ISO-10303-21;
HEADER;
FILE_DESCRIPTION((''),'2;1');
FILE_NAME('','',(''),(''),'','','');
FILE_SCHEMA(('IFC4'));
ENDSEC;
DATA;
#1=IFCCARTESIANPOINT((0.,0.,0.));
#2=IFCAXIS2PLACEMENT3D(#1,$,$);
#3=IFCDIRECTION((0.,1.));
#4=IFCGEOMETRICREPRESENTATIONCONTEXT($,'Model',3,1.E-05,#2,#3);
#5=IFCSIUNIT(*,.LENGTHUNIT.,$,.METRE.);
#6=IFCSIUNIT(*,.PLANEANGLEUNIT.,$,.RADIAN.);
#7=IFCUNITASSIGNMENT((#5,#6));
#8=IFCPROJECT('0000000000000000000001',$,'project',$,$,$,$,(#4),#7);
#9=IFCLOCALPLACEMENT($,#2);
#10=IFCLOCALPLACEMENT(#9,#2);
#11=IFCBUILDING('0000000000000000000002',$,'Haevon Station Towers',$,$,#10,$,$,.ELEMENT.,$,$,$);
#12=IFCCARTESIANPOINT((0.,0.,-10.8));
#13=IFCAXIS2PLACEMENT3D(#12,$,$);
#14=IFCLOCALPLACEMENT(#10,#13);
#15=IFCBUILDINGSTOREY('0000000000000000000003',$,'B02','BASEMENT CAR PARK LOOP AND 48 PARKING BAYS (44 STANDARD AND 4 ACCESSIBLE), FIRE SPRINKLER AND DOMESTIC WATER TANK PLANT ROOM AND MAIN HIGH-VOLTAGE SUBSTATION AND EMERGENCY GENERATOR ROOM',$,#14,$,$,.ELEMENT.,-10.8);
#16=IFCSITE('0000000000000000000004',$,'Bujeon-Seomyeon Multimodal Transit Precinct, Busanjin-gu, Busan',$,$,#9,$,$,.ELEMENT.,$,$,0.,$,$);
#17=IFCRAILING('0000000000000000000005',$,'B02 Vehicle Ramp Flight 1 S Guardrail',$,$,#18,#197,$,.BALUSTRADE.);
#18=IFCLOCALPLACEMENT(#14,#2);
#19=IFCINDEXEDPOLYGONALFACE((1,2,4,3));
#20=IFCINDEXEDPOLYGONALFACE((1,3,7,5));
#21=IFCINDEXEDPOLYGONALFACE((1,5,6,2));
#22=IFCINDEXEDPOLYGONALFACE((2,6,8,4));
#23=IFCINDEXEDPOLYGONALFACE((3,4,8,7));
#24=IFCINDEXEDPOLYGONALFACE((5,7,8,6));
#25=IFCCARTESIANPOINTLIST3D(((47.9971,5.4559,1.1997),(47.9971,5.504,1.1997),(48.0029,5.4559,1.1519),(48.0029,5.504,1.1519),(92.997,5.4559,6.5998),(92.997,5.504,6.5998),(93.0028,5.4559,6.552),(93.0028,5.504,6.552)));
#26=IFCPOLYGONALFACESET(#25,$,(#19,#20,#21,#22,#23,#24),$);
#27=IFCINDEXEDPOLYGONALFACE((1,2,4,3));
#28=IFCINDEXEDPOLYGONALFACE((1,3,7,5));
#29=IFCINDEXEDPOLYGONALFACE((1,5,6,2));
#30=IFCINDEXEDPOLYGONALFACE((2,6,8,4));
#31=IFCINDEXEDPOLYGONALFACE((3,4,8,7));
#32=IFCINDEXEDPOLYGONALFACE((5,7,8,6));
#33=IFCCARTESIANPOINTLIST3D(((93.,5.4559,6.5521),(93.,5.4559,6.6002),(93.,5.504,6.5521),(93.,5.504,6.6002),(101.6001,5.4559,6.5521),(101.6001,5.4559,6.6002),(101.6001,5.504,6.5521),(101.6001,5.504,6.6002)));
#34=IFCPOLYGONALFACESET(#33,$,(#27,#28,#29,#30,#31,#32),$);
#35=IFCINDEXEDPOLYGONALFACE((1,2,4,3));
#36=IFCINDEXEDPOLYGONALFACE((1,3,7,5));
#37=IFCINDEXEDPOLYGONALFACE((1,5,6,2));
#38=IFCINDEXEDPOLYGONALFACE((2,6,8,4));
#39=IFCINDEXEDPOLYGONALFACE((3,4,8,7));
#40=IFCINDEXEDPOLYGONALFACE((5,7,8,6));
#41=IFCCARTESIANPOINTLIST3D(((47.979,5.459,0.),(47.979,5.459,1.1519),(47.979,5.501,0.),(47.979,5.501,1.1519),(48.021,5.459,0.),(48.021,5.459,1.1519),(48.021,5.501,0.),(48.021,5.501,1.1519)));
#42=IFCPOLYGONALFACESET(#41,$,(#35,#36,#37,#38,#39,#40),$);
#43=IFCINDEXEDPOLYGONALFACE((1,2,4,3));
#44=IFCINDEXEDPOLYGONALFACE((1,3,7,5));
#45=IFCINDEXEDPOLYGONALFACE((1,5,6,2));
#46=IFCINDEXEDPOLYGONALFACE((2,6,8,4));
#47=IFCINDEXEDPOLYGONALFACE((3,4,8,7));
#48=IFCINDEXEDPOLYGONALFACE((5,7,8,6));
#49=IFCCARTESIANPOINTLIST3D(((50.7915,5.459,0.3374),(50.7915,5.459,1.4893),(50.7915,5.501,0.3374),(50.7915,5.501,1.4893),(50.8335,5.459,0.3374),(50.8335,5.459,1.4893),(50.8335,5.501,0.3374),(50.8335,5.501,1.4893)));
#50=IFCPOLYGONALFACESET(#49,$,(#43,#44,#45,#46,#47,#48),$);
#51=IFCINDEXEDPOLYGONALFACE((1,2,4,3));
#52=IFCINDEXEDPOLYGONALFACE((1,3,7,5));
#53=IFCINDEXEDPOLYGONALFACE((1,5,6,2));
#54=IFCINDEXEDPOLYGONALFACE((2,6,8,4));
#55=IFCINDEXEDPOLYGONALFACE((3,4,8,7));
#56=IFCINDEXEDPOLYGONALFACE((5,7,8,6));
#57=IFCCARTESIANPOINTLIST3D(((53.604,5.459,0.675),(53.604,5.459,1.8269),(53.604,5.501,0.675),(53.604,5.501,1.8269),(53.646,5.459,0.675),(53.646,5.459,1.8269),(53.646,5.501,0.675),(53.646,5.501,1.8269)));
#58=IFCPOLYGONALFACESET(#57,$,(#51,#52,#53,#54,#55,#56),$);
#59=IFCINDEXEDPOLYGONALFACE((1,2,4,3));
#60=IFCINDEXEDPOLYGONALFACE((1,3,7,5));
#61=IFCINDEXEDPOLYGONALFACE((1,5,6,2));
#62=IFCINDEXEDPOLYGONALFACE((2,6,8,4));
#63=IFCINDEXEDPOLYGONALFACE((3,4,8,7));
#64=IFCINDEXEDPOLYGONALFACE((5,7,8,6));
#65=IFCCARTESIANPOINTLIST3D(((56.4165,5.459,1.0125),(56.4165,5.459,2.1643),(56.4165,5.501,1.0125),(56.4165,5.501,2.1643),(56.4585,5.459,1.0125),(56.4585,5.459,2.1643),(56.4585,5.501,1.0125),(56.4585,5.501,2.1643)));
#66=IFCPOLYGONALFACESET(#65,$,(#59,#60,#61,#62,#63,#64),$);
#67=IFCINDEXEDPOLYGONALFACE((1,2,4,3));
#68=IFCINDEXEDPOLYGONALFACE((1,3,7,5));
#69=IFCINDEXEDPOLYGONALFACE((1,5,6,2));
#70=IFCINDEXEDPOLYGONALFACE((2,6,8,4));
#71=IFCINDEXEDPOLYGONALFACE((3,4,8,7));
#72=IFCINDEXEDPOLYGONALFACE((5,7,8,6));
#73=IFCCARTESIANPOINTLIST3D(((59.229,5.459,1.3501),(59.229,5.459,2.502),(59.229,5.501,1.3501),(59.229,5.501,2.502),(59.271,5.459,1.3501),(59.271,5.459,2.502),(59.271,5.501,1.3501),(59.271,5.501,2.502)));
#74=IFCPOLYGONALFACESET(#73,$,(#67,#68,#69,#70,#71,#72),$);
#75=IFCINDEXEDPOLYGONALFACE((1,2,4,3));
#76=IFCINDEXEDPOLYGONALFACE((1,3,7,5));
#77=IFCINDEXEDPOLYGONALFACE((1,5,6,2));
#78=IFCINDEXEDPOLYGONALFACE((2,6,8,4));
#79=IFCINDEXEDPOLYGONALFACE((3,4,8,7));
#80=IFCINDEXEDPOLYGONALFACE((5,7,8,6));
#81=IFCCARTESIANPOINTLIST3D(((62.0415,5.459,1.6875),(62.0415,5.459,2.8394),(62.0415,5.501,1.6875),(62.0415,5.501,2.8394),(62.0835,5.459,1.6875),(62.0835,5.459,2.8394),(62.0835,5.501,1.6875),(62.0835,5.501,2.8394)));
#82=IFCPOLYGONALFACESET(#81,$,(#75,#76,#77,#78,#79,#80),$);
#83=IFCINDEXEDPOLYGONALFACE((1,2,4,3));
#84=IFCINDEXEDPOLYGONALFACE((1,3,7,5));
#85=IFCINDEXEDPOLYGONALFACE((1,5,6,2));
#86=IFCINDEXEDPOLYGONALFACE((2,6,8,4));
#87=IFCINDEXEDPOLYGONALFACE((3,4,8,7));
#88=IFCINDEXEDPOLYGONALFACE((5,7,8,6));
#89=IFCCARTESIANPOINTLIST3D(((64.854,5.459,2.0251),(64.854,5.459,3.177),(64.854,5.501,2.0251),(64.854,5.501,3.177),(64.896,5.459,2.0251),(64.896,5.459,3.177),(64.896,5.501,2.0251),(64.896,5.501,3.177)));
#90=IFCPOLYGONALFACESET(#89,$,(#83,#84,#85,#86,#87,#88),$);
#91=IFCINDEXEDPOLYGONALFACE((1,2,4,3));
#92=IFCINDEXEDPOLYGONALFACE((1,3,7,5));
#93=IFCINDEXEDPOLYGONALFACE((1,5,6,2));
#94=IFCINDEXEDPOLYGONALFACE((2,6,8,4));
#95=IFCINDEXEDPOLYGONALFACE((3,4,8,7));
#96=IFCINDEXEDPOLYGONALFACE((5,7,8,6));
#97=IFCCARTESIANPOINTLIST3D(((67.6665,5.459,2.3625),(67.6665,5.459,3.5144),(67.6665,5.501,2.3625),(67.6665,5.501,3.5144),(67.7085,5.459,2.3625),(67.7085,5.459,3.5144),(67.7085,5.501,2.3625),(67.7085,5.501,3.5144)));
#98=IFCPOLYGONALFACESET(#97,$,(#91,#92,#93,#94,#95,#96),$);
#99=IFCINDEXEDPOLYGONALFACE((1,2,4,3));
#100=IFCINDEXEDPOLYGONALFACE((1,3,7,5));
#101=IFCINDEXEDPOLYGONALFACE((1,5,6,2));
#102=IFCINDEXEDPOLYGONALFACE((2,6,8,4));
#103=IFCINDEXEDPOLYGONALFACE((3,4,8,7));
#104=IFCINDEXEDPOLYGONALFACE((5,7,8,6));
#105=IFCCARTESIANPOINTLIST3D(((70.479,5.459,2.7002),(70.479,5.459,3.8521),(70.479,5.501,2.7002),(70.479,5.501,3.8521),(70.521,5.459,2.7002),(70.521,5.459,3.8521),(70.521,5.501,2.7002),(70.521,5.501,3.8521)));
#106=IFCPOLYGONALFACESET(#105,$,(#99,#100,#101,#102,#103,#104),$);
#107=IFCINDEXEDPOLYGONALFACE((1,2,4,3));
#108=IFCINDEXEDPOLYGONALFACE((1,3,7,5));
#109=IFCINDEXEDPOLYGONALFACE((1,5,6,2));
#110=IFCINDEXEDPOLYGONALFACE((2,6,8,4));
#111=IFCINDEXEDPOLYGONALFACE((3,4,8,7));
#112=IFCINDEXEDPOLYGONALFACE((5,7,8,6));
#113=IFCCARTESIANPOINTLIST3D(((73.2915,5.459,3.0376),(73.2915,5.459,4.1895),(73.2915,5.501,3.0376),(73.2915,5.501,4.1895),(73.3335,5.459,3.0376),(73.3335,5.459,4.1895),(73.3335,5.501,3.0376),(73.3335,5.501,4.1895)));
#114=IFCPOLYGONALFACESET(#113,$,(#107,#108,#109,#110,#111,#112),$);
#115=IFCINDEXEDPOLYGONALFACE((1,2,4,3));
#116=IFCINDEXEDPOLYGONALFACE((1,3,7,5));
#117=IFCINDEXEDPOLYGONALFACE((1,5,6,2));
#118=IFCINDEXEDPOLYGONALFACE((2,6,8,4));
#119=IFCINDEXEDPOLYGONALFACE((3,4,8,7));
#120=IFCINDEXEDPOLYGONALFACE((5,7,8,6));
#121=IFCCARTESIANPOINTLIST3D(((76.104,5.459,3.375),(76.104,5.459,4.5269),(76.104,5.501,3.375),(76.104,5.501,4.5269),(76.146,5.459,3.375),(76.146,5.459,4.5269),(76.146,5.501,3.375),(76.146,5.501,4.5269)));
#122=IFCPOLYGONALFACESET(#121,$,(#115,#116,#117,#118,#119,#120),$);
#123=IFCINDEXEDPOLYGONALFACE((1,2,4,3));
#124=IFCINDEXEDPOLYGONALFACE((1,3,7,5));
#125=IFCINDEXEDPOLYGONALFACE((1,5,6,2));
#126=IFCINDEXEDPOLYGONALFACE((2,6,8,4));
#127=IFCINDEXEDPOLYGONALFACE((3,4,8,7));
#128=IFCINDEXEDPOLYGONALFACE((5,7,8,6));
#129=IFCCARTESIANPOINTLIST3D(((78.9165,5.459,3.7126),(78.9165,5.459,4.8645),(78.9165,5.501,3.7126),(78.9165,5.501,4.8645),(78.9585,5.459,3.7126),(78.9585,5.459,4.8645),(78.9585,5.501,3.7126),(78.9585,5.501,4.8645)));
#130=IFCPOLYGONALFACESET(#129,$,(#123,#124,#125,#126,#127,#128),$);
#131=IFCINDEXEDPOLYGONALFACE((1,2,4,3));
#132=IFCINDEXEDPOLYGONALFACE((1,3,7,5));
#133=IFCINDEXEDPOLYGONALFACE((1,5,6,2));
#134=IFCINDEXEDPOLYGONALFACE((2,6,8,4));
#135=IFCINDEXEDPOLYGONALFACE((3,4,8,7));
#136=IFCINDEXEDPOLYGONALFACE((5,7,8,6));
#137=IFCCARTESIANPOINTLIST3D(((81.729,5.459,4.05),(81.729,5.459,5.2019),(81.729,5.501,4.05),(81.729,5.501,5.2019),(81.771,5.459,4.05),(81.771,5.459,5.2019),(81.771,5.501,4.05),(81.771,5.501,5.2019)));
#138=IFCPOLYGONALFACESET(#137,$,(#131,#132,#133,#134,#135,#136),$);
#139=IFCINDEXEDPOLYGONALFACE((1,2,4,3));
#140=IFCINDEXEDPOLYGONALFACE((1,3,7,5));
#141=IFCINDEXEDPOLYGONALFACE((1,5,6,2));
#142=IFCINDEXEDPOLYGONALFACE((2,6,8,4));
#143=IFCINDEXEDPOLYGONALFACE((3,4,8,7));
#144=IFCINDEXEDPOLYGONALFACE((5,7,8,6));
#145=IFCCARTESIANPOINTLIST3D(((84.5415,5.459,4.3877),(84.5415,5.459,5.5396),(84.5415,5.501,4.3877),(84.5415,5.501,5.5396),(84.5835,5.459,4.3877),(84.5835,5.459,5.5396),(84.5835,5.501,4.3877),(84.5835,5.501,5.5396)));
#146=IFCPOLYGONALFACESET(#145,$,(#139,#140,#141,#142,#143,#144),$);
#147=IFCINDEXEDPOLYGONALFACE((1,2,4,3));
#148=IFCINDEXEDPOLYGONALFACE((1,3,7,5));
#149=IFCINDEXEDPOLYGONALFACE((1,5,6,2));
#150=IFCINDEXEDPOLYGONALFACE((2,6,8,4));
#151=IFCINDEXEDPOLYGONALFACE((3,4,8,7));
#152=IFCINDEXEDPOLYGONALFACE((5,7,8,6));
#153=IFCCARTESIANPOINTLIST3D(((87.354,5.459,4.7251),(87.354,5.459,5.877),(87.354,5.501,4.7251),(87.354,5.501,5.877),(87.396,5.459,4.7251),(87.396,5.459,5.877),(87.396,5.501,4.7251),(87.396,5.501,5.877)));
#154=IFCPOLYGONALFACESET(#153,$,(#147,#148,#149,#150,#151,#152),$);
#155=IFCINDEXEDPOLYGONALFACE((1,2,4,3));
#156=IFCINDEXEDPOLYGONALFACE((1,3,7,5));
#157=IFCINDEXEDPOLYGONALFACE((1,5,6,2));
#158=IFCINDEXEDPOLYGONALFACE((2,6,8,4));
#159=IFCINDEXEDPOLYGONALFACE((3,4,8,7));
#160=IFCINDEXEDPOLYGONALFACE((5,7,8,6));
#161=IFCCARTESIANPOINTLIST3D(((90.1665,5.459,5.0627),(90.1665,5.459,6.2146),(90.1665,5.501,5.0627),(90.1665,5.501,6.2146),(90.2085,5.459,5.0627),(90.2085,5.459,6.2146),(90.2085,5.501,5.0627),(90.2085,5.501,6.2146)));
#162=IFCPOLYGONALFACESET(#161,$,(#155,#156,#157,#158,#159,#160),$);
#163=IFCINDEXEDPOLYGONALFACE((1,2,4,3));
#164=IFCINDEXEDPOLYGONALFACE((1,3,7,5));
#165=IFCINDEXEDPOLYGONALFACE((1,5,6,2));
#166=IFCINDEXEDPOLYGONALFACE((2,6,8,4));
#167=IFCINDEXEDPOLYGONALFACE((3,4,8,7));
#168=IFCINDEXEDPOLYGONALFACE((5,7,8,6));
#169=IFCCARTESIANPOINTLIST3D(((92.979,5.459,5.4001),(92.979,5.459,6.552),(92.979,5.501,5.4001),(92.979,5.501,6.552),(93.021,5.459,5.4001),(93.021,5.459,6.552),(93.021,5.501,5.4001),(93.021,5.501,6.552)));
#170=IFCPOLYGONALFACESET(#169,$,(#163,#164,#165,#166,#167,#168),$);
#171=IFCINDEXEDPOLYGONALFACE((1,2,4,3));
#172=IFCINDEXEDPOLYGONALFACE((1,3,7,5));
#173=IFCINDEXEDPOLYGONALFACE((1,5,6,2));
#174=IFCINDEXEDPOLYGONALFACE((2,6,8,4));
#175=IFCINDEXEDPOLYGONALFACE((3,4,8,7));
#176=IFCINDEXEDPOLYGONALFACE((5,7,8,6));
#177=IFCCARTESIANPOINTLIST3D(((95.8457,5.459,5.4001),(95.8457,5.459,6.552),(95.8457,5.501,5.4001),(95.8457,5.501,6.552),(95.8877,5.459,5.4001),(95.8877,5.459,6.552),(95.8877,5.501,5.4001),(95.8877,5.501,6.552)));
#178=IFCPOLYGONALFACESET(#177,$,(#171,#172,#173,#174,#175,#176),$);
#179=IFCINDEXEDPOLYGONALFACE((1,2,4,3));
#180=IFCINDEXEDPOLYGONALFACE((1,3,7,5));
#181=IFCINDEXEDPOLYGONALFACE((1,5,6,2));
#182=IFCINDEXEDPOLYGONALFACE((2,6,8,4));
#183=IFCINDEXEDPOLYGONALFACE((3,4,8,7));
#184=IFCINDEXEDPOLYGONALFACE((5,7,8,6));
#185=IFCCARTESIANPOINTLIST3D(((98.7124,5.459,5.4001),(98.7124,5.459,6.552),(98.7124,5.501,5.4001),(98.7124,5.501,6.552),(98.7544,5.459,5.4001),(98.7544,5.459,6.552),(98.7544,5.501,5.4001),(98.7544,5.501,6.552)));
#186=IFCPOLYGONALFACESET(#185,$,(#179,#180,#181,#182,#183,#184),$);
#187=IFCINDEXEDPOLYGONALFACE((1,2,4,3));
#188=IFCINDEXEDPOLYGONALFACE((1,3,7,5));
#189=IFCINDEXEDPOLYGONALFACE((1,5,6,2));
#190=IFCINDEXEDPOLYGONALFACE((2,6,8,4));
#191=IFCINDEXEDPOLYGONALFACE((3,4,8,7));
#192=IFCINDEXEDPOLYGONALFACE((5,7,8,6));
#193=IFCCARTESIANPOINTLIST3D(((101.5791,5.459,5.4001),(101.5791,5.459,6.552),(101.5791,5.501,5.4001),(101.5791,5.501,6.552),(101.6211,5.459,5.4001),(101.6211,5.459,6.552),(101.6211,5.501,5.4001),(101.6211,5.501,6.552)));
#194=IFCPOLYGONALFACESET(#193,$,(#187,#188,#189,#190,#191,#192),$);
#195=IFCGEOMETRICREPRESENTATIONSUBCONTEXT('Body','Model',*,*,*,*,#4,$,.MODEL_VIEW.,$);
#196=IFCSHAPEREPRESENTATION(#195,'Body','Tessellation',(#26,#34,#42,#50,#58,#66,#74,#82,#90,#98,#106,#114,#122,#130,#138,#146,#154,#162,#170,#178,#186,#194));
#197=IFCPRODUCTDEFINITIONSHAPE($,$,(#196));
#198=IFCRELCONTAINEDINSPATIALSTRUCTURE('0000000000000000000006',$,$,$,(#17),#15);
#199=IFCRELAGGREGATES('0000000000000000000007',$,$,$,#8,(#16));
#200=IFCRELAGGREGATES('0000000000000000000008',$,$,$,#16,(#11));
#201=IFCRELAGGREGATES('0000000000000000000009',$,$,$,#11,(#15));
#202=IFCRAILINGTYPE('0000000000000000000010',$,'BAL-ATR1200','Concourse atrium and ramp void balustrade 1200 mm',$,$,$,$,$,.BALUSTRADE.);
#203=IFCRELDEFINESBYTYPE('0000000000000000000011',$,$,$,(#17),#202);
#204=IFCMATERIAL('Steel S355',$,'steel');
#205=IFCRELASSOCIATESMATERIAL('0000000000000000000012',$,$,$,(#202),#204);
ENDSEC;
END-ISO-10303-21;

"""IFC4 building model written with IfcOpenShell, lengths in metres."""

from ifc_helpers import new_model, si_unit, direction, frame, origin, origin_2d, place, context, subcontext, project, spatial, rectangle, extrude, material, type_object, element, save


model = new_model("IFC4")

# Units and contexts
model_context = context("Model", 3, precision=1e-05, world=origin(), true_north=direction((0.0, 1.0)))
body_context = subcontext(model_context, "Body", "Model", "MODEL_VIEW")
ifc_project = project(units=[si_unit("LENGTHUNIT", "METRE"), si_unit("PLANEANGLEUNIT", "RADIAN")], contexts=[model_context])

# Site, building, storey
site_placement = place(None, origin())
site = spatial("IfcSite", under=ifc_project, at=site_placement, Name="Bujeon-Seomyeon Multimodal Transit Precinct, Busanjin-gu, Busan", CompositionType="ELEMENT", RefElevation=0.0)
building_placement = place(site_placement, origin())
building = spatial("IfcBuilding", under=site, at=building_placement, Name="Haevon Station Towers", CompositionType="ELEMENT")
storey_placement = place(building_placement, frame((0.0, 0.0, -10.8)))
storey = spatial("IfcBuildingStorey", under=building, at=storey_placement, Name="B02", Description="BASEMENT CAR PARK LOOP AND 48 PARKING BAYS (44 STANDARD AND 4 ACCESSIBLE), FIRE SPRINKLER AND DOMESTIC WATER TANK PLANT ROOM AND MAIN HIGH-VOLTAGE SUBSTATION AND EMERGENCY GENERATOR ROOM", CompositionType="ELEMENT", Elevation=-10.8)

# Shared definitions
ifc_material_1 = material(Name="Steel S355", Category="steel")

# Railing
railing_type = type_object("IfcRailingType", Name="BAL-ATR1200", Description="Concourse atrium and ramp void balustrade 1200 mm", PredefinedType="BALUSTRADE", material=ifc_material_1)
railing_1_placement = place(storey_placement, frame((48.0, 5.48, 0.0)))
element("IfcRailing", 1, at=railing_1_placement, inside=storey, type_object=railing_type, Name="B02 Vehicle Ramp Flight 1 S Guardrail", PredefinedType="BALUSTRADE", context=body_context, shape_type="SweptSolid", body=[
    extrude(rectangle(XDim=0.0481, YDim=0.0481, at=origin_2d()), frame((0.0, 0.0, 1.1758), z_axis=(0.992876, 0.0, 0.119148), x_axis=(0.0, 1.0, 0.0)), (0.0, 0.0, 1.0), 45.3228),
    extrude(rectangle(XDim=0.0481, YDim=0.0481, at=origin_2d()), frame((45.0, 0.0, 6.5762), z_axis=(1.0, 0.0, 0.0), x_axis=(0.0, 1.0, 0.0)), (0.0, 0.0, 1.0), 8.6001),
    extrude(rectangle(XDim=0.042, YDim=0.042, at=origin_2d()), origin(), (0.0, 0.0, 1.0), 1.1519),
    extrude(rectangle(XDim=0.042, YDim=0.042, at=origin_2d()), frame((2.8125, 0.0, 0.3374)), (0.0, 0.0, 1.0), 1.1519),
    extrude(rectangle(XDim=0.042, YDim=0.042, at=origin_2d()), frame((5.625, 0.0, 0.675)), (0.0, 0.0, 1.0), 1.1519),
    extrude(rectangle(XDim=0.042, YDim=0.042, at=origin_2d()), frame((8.4375, 0.0, 1.0125)), (0.0, 0.0, 1.0), 1.1519),
    extrude(rectangle(XDim=0.042, YDim=0.042, at=origin_2d()), frame((11.25, 0.0, 1.3501)), (0.0, 0.0, 1.0), 1.1519),
    extrude(rectangle(XDim=0.042, YDim=0.042, at=origin_2d()), frame((14.0625, 0.0, 1.6875)), (0.0, 0.0, 1.0), 1.1519),
    extrude(rectangle(XDim=0.042, YDim=0.042, at=origin_2d()), frame((16.875, 0.0, 2.0251)), (0.0, 0.0, 1.0), 1.1519),
    extrude(rectangle(XDim=0.042, YDim=0.042, at=origin_2d()), frame((19.6875, 0.0, 2.3625)), (0.0, 0.0, 1.0), 1.1519),
    extrude(rectangle(XDim=0.042, YDim=0.042, at=origin_2d()), frame((22.5, 0.0, 2.7002)), (0.0, 0.0, 1.0), 1.1519),
    extrude(rectangle(XDim=0.042, YDim=0.042, at=origin_2d()), frame((25.3125, 0.0, 3.0376)), (0.0, 0.0, 1.0), 1.1519),
    extrude(rectangle(XDim=0.042, YDim=0.042, at=origin_2d()), frame((28.125, 0.0, 3.375)), (0.0, 0.0, 1.0), 1.1519),
    extrude(rectangle(XDim=0.042, YDim=0.042, at=origin_2d()), frame((30.9375, 0.0, 3.7126)), (0.0, 0.0, 1.0), 1.1519),
    extrude(rectangle(XDim=0.042, YDim=0.042, at=origin_2d()), frame((33.75, 0.0, 4.05)), (0.0, 0.0, 1.0), 1.1519),
    extrude(rectangle(XDim=0.042, YDim=0.042, at=origin_2d()), frame((36.5625, 0.0, 4.3877)), (0.0, 0.0, 1.0), 1.1519),
    extrude(rectangle(XDim=0.042, YDim=0.042, at=origin_2d()), frame((39.375, 0.0, 4.7251)), (0.0, 0.0, 1.0), 1.1519),
    extrude(rectangle(XDim=0.042, YDim=0.042, at=origin_2d()), frame((42.1875, 0.0, 5.0627)), (0.0, 0.0, 1.0), 1.1519),
    extrude(rectangle(XDim=0.042, YDim=0.042, at=origin_2d()), frame((45.0, 0.0, 5.4001)), (0.0, 0.0, 1.0), 1.1519),
    extrude(rectangle(XDim=0.042, YDim=0.042, at=origin_2d()), frame((47.8667, 0.0, 5.4001)), (0.0, 0.0, 1.0), 1.1519),
    extrude(rectangle(XDim=0.042, YDim=0.042, at=origin_2d()), frame((50.7334, 0.0, 5.4001)), (0.0, 0.0, 1.0), 1.1519),
    extrude(rectangle(XDim=0.042, YDim=0.042, at=origin_2d()), frame((53.6001, 0.0, 5.4001)), (0.0, 0.0, 1.0), 1.1519),
])

save(model, "model.ifc")
